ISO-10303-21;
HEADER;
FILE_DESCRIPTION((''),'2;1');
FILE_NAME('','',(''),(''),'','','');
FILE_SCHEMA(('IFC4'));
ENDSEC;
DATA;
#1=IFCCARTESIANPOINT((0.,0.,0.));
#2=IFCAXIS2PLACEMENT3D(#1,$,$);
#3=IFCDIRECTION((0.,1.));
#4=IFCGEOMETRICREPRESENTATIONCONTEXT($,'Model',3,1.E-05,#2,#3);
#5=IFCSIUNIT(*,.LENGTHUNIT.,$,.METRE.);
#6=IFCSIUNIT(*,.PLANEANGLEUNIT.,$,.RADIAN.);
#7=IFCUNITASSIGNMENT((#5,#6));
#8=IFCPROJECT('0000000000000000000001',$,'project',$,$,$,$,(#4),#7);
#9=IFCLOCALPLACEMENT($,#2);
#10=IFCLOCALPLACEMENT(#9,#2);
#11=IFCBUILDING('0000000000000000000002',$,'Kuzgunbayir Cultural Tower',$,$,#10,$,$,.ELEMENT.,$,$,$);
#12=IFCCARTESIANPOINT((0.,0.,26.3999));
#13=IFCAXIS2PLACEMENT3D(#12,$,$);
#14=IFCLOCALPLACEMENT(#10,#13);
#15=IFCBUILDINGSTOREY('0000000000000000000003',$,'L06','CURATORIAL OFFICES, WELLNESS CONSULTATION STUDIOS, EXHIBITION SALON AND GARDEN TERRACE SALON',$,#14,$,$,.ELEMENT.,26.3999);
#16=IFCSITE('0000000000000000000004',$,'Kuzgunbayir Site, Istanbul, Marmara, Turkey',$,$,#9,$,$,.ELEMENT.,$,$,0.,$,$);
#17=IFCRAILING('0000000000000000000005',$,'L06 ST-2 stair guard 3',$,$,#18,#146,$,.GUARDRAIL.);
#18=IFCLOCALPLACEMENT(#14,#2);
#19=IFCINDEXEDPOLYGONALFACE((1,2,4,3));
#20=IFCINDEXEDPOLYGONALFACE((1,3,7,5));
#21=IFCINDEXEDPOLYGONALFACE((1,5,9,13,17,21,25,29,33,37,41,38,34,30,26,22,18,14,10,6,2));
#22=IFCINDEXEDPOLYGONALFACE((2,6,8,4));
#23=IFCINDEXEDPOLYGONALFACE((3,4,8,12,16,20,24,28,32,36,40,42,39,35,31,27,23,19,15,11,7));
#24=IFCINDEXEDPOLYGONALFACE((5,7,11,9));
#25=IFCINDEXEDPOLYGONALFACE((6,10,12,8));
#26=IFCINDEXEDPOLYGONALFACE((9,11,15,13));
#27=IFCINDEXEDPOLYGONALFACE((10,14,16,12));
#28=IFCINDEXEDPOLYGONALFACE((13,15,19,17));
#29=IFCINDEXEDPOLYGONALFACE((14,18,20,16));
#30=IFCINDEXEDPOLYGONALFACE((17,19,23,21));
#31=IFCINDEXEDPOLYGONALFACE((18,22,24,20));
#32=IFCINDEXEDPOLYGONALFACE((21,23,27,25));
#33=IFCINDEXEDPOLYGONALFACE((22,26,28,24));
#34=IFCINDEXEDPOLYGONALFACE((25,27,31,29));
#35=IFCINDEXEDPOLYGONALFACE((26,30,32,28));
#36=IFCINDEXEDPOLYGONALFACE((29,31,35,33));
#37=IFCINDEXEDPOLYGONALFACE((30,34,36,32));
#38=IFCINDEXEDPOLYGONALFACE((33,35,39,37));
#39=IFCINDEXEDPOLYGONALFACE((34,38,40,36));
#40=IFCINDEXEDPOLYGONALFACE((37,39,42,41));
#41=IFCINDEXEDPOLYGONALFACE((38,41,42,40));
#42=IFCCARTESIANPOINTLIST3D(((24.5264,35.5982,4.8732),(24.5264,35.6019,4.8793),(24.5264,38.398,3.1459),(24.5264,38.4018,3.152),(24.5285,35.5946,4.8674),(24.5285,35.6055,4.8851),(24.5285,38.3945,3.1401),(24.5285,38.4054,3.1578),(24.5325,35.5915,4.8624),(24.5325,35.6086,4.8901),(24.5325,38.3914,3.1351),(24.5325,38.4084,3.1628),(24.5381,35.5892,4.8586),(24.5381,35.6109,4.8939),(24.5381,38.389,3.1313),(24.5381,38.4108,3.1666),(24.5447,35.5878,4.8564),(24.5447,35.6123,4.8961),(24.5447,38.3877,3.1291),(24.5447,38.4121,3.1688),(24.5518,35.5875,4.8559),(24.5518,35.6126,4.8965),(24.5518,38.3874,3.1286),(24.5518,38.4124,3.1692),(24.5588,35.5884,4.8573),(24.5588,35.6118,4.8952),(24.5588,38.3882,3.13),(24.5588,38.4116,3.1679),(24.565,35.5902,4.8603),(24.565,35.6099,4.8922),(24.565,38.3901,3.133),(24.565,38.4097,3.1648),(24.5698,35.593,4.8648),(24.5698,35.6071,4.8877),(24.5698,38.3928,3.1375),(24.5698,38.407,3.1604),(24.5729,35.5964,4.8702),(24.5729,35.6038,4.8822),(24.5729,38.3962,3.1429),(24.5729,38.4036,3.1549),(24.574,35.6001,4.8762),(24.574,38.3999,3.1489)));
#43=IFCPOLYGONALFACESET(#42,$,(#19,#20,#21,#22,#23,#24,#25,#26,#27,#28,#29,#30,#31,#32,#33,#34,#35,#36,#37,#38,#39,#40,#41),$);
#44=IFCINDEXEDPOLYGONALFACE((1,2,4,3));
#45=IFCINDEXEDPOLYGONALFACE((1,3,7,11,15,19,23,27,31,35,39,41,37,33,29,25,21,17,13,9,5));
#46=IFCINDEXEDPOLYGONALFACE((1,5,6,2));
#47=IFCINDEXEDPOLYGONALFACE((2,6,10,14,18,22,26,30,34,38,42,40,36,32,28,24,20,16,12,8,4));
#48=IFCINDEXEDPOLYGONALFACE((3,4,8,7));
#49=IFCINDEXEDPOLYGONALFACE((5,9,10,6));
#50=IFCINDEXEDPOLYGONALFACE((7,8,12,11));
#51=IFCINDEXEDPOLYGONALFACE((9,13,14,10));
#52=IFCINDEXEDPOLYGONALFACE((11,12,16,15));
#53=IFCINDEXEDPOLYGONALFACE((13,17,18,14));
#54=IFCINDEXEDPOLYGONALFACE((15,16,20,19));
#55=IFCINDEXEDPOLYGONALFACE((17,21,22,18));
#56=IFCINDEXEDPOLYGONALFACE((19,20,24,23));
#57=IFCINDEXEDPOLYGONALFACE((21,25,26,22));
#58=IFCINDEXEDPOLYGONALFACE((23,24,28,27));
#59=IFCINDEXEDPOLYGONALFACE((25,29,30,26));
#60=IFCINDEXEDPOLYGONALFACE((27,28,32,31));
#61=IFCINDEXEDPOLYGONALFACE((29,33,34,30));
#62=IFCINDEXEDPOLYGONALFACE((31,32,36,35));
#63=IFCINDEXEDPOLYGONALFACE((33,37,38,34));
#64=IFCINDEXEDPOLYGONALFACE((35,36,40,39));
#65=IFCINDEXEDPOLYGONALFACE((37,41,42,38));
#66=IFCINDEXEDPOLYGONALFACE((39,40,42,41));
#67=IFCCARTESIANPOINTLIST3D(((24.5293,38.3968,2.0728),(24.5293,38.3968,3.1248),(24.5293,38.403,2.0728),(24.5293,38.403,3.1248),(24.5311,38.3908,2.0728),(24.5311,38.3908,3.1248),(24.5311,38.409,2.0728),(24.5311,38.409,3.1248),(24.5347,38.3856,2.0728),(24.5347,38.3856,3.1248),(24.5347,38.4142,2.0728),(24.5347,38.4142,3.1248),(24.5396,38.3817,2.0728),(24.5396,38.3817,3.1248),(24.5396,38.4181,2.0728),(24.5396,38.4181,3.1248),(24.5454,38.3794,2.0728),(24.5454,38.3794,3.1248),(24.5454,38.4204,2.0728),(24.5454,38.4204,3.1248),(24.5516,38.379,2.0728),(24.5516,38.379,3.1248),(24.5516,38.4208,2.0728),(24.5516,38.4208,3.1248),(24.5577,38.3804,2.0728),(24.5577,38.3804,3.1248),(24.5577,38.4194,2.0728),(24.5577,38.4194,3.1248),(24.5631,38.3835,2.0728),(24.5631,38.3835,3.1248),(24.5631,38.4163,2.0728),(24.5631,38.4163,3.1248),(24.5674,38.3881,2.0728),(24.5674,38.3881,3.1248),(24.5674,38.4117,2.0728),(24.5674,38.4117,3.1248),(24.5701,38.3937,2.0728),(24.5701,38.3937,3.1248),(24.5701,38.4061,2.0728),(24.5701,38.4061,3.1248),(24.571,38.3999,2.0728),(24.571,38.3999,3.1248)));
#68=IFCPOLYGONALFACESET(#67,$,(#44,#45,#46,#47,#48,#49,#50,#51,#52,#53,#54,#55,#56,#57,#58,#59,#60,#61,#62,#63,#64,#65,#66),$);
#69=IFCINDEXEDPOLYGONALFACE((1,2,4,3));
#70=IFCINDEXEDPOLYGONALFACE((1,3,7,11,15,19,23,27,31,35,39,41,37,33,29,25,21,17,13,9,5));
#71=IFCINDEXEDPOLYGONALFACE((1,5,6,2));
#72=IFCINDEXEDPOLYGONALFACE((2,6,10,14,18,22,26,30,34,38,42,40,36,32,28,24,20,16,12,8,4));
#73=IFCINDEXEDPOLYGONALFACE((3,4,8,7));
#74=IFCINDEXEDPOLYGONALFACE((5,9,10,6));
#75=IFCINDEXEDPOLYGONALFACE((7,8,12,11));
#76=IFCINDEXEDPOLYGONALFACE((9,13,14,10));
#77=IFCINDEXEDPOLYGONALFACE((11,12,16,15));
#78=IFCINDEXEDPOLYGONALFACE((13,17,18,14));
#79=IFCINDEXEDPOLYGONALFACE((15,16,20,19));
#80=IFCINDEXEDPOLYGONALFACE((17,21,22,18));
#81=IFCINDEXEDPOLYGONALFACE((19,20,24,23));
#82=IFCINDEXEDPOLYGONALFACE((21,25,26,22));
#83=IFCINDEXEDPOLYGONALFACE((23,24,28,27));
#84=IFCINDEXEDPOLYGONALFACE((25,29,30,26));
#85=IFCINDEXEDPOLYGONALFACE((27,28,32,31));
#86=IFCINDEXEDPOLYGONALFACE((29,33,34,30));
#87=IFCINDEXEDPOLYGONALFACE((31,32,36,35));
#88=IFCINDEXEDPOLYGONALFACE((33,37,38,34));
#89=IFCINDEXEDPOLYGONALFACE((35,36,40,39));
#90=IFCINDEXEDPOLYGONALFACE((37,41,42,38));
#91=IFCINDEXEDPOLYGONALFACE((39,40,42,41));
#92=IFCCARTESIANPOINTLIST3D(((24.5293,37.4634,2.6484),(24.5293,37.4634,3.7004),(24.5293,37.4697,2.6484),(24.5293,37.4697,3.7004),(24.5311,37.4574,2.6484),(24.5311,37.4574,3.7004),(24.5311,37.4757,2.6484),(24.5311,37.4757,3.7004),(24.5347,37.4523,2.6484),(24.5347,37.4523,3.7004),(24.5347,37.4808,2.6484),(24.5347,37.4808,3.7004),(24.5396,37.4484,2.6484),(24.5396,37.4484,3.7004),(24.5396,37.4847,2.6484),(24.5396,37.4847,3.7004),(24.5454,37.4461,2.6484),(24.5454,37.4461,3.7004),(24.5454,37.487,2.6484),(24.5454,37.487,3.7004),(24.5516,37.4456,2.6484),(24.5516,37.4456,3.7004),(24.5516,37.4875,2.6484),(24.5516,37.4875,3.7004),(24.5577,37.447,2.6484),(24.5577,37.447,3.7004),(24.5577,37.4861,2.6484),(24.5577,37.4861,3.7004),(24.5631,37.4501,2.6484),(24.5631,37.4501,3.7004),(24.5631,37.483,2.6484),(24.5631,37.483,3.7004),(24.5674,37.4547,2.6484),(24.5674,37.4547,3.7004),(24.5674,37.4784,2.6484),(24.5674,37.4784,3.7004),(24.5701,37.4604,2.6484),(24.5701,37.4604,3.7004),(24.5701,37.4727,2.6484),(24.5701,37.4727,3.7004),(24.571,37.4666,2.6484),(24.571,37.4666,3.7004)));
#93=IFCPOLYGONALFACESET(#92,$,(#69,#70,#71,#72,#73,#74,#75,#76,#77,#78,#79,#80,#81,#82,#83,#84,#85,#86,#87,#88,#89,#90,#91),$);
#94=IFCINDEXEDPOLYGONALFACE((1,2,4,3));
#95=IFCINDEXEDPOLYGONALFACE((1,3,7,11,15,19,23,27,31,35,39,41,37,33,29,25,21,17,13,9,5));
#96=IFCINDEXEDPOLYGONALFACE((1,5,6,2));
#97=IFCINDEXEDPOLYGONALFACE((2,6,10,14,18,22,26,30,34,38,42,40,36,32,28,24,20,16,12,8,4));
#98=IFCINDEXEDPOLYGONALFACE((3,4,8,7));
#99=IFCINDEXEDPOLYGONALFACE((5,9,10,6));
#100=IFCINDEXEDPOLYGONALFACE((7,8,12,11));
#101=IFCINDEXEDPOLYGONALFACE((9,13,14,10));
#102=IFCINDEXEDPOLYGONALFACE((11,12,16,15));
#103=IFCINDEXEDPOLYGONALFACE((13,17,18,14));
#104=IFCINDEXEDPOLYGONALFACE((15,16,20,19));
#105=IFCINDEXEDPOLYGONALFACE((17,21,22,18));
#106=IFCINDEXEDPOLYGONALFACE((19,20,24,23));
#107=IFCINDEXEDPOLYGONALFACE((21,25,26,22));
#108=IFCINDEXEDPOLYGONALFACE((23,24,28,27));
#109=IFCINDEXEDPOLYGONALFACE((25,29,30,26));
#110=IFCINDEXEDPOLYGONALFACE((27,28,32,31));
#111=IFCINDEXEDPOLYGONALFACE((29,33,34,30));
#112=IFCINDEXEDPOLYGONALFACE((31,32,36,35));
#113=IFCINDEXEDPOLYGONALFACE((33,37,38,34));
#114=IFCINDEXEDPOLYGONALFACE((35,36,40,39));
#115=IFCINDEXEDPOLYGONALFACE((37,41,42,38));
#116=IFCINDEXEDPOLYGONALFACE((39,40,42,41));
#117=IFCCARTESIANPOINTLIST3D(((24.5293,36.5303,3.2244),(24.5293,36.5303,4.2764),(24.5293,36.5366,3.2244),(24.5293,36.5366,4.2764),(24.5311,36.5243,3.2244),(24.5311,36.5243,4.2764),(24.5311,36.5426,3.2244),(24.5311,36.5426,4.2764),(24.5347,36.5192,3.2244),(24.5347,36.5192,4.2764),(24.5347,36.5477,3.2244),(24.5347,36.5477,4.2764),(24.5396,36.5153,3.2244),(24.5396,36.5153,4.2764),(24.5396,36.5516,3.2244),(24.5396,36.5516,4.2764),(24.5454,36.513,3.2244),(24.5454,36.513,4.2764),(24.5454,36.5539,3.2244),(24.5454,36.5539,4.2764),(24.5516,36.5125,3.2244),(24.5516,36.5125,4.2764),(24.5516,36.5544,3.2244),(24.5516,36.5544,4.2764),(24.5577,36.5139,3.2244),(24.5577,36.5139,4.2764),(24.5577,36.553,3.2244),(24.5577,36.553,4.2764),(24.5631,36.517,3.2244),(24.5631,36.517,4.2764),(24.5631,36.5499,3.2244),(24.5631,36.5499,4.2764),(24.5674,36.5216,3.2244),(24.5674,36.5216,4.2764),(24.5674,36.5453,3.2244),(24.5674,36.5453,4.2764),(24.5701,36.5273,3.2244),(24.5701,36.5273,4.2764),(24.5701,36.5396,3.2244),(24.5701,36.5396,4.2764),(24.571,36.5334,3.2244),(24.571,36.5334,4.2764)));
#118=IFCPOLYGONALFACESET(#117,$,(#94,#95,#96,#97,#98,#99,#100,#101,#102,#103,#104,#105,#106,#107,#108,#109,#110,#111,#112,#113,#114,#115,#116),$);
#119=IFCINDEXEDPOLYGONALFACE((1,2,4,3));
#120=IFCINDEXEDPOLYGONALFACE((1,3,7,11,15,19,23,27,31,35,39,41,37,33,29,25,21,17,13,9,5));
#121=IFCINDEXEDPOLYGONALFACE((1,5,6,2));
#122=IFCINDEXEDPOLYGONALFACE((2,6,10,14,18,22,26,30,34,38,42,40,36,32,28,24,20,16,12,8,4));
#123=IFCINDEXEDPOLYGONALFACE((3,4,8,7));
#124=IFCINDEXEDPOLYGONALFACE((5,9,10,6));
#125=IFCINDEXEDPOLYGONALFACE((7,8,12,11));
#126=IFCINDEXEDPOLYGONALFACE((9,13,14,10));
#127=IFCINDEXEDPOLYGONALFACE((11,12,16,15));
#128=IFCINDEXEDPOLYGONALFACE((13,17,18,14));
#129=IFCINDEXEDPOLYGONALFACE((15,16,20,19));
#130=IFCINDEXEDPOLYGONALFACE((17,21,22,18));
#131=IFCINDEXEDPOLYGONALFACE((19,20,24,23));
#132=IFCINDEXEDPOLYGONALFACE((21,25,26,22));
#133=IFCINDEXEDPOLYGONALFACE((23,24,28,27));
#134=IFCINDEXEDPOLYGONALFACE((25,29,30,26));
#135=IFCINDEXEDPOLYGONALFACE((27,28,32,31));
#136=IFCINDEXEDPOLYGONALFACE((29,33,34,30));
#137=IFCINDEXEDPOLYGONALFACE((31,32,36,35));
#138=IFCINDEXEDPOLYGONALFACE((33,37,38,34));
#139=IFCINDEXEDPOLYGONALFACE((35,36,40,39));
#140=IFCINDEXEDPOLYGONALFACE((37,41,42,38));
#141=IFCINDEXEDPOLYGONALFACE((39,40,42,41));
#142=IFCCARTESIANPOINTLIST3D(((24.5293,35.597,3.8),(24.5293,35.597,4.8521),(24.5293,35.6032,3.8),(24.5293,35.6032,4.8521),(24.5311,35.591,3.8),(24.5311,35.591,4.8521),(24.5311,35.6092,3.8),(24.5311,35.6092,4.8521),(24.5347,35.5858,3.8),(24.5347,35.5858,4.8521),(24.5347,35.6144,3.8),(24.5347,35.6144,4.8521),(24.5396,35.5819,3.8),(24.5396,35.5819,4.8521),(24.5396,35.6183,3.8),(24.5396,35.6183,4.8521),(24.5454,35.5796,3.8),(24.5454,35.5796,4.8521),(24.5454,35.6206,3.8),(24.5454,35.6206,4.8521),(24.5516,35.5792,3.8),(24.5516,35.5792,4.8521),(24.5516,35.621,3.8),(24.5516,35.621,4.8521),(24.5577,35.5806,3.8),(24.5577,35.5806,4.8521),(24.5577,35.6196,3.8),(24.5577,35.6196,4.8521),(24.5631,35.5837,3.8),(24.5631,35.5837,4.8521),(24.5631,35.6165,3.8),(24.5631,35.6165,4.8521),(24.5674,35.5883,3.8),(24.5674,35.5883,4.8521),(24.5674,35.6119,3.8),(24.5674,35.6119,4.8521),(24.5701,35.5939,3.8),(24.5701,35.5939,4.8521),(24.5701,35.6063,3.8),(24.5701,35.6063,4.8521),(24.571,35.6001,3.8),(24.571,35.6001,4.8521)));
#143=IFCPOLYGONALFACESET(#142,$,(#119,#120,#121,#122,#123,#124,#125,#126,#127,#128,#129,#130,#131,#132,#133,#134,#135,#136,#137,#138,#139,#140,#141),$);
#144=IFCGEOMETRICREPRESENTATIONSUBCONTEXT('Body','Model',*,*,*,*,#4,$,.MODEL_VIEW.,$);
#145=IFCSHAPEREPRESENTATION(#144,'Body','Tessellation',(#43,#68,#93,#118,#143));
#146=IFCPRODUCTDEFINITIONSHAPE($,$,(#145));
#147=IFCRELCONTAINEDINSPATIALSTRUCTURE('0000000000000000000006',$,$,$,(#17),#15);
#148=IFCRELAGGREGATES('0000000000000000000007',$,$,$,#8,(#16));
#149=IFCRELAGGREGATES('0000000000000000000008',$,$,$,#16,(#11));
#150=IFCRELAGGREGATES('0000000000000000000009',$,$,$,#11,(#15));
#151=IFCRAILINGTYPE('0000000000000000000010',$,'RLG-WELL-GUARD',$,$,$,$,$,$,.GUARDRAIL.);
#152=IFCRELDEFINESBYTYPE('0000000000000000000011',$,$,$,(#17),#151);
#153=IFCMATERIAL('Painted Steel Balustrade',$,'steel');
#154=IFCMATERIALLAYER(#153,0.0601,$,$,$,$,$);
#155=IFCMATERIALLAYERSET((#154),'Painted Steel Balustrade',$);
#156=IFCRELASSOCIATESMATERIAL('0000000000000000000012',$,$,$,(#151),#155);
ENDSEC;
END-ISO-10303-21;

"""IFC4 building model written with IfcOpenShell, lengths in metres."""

from ifc_helpers import new_model, si_unit, direction, frame, origin, origin_2d, place, context, subcontext, project, spatial, circle, extrude, material, layer, layer_set, type_object, element, save


model = new_model("IFC4")

# Units and contexts
model_context = context("Model", 3, precision=1e-05, world=origin(), true_north=direction((0.0, 1.0)))
body_context = subcontext(model_context, "Body", "Model", "MODEL_VIEW")
ifc_project = project(units=[si_unit("LENGTHUNIT", "METRE"), si_unit("PLANEANGLEUNIT", "RADIAN")], contexts=[model_context])

# Site, building, storey
site_placement = place(None, origin())
site = spatial("IfcSite", under=ifc_project, at=site_placement, Name="Kuzgunbayir Site, Istanbul, Marmara, Turkey", CompositionType="ELEMENT", RefElevation=0.0)
building_placement = place(site_placement, origin())
building = spatial("IfcBuilding", under=site, at=building_placement, Name="Kuzgunbayir Cultural Tower", CompositionType="ELEMENT")
storey_placement = place(building_placement, frame((0.0, 0.0, 26.3999)))
storey = spatial("IfcBuildingStorey", under=building, at=storey_placement, Name="L06", Description="CURATORIAL OFFICES, WELLNESS CONSULTATION STUDIOS, EXHIBITION SALON AND GARDEN TERRACE SALON", CompositionType="ELEMENT", Elevation=26.3999)

# Railing
ifc_material_1 = material(Name="Painted Steel Balustrade", Category="steel")
ifc_layer_1 = layer(ifc_material_1, 0.0601)
ifc_layer_set_1 = layer_set([ifc_layer_1], Name="Painted Steel Balustrade")
railing_type_1 = type_object("IfcRailingType", Name="RLG-WELL-GUARD", PredefinedType="GUARDRAIL", material=ifc_layer_set_1)
railing_1_placement = place(storey_placement, frame((24.55, 38.3999, 2.0728)))
element("IfcRailing", 1, at=railing_1_placement, inside=storey, type_object=railing_type_1, Name="L06 ST-2 stair guard 3", PredefinedType="GUARDRAIL", context=body_context, shape_type="SweptSolid", body=[
    extrude(circle(Radius=0.0239, at=origin_2d()), frame((0.0, 0.0, 1.0762), z_axis=(0.0, -0.851069, 0.525054), x_axis=(1.0, 0.0, 0.0)), (0.0, 0.0, 1.0), 3.2898),
    extrude(circle(Radius=0.021, at=origin_2d()), origin(), (0.0, 0.0, 1.0), 1.052),
    extrude(circle(Radius=0.021, at=origin_2d()), frame((0.0, -0.9333, 0.5757)), (0.0, 0.0, 1.0), 1.052),
    extrude(circle(Radius=0.021, at=origin_2d()), frame((0.0, -1.8665, 1.1516)), (0.0, 0.0, 1.0), 1.052),
    extrude(circle(Radius=0.021, at=origin_2d()), frame((0.0, -2.7998, 1.7273)), (0.0, 0.0, 1.0), 1.052),
])

save(model, "model.ifc")
